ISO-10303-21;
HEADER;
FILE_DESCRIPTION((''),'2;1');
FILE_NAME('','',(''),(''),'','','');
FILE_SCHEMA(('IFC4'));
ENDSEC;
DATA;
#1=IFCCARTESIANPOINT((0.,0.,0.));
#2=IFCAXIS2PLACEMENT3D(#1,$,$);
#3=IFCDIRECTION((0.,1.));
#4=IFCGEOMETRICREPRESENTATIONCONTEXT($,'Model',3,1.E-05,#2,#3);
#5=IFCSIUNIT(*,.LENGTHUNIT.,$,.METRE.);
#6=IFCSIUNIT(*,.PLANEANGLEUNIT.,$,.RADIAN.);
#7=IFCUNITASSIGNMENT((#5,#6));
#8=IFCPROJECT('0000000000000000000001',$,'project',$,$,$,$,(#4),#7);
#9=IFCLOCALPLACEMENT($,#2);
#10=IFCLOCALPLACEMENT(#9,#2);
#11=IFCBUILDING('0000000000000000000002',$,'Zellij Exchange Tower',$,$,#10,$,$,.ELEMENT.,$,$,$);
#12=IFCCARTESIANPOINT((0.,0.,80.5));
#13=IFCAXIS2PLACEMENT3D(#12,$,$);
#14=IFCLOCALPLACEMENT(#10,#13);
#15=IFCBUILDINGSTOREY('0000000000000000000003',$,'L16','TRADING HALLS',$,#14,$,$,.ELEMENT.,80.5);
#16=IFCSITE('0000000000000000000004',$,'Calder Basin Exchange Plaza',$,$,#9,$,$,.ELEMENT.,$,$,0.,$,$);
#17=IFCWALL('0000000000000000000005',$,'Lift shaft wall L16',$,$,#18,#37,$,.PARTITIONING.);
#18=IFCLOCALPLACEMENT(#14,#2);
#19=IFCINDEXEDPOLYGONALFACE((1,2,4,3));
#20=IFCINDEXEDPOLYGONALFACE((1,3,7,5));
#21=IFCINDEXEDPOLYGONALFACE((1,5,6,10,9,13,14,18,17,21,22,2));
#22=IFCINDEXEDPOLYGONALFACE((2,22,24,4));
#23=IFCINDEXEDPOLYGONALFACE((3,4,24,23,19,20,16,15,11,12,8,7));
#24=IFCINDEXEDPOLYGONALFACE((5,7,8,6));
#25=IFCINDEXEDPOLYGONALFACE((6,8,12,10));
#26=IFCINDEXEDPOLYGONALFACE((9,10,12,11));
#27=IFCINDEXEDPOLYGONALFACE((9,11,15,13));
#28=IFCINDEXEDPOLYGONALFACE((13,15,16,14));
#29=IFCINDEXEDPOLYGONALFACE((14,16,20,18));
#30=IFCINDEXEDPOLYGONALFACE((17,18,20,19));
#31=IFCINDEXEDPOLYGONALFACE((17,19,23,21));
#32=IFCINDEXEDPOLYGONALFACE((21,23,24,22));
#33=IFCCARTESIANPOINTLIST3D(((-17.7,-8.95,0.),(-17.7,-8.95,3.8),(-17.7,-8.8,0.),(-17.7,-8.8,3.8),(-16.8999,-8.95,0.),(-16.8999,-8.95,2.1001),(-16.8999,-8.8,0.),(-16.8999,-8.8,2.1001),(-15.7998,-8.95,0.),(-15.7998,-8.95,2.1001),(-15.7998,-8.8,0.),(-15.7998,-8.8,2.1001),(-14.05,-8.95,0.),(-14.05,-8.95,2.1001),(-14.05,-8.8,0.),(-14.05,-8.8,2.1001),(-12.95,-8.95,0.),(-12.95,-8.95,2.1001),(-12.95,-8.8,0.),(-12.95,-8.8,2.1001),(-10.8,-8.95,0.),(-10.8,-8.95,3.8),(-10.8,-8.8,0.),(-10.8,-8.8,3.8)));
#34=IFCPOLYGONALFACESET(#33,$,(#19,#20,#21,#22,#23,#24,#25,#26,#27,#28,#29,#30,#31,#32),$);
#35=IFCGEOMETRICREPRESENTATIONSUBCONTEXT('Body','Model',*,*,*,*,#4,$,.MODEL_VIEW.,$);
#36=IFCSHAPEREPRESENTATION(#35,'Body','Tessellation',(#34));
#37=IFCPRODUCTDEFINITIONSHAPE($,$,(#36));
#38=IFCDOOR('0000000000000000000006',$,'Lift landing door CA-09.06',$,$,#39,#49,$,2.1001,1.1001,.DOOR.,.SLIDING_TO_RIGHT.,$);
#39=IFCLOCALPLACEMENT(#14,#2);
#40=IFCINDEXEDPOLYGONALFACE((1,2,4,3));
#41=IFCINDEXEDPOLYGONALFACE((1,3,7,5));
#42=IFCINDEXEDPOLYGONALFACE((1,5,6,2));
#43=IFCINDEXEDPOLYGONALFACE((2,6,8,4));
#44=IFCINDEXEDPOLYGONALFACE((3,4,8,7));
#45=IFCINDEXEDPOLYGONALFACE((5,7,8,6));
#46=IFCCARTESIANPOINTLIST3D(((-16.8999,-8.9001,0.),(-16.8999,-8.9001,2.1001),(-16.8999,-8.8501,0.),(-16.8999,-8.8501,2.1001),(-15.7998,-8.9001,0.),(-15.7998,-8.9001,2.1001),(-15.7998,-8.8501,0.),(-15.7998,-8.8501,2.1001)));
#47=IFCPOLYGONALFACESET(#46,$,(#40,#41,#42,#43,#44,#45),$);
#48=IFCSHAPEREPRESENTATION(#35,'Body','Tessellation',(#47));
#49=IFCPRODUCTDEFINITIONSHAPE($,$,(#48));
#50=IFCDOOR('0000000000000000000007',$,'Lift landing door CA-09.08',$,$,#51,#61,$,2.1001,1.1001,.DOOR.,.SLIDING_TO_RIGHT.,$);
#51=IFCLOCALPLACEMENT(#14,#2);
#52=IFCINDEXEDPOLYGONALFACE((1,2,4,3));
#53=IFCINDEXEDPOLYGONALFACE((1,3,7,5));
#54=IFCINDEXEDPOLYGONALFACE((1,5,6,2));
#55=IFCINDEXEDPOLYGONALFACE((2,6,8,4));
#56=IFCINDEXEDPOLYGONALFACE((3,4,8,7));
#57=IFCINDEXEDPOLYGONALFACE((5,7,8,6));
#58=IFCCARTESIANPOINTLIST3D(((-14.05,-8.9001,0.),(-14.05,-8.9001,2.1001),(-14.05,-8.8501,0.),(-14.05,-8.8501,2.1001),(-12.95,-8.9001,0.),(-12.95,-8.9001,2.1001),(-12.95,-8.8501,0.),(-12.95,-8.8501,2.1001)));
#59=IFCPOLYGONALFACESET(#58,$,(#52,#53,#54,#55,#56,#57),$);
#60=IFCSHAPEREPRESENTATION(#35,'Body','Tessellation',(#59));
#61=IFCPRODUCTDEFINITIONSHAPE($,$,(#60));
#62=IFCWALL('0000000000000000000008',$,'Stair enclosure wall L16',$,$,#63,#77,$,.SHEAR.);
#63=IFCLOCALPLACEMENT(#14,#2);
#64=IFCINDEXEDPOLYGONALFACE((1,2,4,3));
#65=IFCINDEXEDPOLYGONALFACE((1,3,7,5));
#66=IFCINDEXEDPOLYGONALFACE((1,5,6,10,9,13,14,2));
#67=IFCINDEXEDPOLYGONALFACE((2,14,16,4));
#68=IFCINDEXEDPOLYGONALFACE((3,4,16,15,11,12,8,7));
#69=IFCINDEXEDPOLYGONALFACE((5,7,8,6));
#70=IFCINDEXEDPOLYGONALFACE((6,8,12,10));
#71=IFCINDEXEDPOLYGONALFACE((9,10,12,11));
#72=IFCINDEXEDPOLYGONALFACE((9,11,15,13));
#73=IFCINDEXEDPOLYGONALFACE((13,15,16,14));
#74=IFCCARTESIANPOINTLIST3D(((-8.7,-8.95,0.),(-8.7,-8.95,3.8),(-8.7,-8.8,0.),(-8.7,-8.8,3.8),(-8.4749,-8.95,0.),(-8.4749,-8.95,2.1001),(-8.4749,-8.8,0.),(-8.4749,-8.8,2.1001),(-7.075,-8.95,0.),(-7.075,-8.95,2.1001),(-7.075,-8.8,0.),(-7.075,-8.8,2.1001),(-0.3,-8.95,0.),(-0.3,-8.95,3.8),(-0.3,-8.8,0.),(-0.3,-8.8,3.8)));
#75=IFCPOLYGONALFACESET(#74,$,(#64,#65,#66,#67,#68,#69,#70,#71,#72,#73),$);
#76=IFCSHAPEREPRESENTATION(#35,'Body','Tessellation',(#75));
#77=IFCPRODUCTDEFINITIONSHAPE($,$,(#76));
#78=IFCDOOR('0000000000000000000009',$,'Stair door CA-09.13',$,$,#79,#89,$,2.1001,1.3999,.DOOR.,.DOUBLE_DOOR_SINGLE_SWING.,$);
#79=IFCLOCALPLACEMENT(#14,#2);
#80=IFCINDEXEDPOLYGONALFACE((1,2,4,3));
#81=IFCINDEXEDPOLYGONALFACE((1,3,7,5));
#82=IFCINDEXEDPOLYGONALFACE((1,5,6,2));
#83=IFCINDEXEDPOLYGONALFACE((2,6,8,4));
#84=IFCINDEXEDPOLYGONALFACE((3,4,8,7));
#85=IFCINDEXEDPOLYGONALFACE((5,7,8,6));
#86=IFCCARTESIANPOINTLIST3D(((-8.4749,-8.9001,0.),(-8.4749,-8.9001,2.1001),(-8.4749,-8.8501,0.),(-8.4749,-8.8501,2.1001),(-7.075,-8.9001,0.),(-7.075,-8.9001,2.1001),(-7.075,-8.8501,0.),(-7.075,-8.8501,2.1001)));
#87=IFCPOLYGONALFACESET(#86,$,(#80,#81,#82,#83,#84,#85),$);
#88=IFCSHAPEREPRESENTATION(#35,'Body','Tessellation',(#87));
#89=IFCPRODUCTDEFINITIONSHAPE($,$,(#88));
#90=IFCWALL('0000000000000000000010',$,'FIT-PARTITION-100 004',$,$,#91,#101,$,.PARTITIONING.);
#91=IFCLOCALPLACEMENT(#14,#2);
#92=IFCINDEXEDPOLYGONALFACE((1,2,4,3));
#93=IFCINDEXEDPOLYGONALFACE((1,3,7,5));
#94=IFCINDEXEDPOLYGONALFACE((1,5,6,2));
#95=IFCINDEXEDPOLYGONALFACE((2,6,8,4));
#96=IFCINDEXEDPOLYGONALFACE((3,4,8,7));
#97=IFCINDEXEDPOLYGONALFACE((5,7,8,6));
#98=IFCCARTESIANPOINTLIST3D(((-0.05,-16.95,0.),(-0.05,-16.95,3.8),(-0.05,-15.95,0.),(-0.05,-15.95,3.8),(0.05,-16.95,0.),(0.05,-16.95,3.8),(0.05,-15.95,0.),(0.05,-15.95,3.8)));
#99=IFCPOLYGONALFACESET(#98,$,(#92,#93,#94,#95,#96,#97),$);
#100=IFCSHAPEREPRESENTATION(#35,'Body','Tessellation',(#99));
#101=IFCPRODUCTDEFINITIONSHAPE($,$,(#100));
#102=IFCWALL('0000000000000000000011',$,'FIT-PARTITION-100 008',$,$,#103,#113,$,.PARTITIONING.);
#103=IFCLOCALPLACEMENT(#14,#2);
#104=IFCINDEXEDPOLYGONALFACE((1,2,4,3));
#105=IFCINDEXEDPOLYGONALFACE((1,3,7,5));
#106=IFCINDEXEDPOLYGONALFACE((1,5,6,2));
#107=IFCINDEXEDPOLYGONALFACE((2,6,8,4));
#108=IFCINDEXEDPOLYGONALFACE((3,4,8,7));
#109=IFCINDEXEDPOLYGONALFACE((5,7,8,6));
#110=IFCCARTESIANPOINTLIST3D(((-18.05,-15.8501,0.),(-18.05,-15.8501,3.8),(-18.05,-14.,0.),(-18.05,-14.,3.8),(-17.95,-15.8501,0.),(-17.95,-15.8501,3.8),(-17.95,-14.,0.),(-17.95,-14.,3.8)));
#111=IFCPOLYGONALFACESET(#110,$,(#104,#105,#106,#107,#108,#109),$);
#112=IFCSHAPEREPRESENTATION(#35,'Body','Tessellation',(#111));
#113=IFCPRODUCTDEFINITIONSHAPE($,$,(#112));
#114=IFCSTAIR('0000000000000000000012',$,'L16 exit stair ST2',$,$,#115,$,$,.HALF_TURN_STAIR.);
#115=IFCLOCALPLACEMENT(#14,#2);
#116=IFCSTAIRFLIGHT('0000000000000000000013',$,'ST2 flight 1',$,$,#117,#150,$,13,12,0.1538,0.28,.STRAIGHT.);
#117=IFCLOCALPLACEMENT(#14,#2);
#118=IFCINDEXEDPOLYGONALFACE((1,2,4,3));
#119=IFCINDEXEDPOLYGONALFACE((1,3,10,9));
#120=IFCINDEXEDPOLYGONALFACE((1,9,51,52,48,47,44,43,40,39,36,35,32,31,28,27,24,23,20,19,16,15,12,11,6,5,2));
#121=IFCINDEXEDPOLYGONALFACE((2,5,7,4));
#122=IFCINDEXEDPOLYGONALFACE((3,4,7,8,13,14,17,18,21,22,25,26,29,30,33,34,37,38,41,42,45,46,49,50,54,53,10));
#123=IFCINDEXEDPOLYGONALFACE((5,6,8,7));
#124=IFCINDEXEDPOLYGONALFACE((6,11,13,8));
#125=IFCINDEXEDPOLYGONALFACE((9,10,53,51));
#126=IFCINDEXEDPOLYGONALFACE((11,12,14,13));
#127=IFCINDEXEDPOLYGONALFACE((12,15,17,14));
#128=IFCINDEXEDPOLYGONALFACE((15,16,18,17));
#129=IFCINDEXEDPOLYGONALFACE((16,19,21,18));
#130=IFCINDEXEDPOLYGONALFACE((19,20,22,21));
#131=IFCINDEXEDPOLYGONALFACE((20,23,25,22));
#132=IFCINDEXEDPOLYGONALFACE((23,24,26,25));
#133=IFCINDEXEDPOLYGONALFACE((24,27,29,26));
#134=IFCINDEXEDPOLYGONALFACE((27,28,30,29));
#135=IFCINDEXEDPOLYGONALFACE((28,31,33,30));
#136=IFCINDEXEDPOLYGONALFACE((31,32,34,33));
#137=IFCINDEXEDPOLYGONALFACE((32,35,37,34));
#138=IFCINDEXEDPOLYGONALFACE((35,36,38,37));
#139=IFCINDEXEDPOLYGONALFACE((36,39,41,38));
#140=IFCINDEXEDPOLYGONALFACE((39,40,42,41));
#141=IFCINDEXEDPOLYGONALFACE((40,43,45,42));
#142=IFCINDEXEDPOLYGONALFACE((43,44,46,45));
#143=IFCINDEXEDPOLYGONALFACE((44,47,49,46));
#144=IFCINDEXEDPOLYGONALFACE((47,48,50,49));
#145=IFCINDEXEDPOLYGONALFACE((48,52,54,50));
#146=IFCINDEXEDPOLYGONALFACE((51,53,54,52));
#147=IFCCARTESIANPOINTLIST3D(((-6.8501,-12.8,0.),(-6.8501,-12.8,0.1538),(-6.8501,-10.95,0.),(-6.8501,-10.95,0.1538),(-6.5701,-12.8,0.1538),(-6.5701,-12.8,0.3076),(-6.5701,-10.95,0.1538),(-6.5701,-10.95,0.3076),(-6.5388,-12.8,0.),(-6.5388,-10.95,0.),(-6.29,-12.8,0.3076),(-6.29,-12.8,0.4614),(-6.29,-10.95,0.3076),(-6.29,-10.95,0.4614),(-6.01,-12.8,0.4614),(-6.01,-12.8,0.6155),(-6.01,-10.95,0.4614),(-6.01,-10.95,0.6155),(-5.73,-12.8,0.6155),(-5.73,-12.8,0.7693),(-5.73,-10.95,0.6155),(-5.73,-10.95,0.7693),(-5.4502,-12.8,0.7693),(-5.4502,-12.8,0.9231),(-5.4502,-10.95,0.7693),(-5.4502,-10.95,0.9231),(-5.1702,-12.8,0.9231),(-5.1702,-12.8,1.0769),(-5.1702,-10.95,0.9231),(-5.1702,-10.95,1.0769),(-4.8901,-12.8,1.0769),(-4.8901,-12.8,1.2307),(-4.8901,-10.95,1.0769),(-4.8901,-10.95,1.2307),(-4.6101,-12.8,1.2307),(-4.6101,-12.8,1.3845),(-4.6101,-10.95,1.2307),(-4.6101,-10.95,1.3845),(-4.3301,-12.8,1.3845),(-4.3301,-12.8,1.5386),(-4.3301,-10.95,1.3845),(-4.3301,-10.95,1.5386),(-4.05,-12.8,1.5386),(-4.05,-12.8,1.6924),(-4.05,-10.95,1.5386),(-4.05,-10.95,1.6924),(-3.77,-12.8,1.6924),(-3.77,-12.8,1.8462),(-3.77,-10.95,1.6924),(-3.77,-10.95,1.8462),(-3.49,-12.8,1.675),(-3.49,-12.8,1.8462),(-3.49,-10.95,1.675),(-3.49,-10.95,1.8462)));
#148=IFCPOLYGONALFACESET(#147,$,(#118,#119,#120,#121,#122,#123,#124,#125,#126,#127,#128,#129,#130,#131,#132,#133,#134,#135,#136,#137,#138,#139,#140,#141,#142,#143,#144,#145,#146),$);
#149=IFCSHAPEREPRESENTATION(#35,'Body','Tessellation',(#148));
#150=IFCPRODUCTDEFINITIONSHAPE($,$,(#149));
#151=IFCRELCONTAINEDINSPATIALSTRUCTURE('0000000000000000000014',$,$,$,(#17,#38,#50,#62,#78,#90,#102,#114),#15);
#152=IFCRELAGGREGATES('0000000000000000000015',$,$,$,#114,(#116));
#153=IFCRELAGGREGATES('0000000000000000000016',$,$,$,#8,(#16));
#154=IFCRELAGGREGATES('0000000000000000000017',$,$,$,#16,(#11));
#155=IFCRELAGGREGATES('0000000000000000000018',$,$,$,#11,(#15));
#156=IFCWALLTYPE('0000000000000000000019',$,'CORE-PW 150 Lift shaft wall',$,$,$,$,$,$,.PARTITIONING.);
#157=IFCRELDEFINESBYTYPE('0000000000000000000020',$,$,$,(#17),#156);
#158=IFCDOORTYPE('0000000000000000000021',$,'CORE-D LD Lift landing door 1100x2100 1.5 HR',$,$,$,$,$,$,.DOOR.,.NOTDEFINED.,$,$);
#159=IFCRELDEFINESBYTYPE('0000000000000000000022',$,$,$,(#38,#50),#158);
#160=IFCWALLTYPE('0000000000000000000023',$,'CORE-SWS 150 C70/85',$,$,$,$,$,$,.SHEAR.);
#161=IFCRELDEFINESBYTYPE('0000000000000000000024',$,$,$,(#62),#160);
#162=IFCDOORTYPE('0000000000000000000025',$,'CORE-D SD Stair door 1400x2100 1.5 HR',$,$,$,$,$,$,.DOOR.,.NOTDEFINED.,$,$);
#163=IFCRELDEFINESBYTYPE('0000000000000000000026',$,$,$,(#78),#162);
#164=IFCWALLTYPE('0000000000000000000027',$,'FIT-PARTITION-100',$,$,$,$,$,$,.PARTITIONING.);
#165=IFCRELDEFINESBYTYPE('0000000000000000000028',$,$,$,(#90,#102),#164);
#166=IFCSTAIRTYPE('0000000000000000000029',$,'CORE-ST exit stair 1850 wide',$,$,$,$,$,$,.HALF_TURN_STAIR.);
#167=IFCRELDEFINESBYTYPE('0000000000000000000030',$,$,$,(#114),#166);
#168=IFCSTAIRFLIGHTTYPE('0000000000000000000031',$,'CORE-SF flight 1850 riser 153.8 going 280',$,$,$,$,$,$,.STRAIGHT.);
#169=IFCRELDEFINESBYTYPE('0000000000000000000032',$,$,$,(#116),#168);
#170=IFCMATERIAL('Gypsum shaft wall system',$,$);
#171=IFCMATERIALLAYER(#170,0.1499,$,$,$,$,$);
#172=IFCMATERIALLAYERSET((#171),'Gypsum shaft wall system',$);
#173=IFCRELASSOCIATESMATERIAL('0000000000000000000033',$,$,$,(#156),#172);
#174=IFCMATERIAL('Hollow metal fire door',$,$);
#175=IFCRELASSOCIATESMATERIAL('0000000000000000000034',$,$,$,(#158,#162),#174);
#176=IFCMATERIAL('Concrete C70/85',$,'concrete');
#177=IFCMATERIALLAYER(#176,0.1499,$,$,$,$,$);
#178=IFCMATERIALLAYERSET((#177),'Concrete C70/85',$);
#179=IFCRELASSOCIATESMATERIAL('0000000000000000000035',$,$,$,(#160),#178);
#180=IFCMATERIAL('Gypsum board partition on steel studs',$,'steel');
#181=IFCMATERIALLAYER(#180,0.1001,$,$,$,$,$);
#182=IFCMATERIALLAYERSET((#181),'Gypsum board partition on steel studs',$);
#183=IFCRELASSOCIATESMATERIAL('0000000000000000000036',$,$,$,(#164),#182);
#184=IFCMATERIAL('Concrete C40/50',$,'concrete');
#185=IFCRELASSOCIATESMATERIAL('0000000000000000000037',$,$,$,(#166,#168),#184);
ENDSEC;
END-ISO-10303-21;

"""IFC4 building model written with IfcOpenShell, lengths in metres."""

from ifc_helpers import new_model, si_unit, direction, frame, frame_2d, origin, place, context, subcontext, project, spatial, polyline, rectangle, outline, extrude, material, layer, layer_set, type_object, element, fill, aggregate, save


model = new_model("IFC4")

# Units and contexts
model_context = context("Model", 3, precision=1e-05, world=origin(), true_north=direction((0.0, 1.0)))
body_context = subcontext(model_context, "Body", "Model", "MODEL_VIEW")
ifc_project = project(units=[si_unit("LENGTHUNIT", "METRE"), si_unit("PLANEANGLEUNIT", "RADIAN")], contexts=[model_context])

# Site, building, storey
site_placement = place(None, origin())
site = spatial("IfcSite", under=ifc_project, at=site_placement, Name="Calder Basin Exchange Plaza", CompositionType="ELEMENT", RefElevation=0.0)
building_placement = place(site_placement, origin())
building = spatial("IfcBuilding", under=site, at=building_placement, Name="Zellij Exchange Tower", CompositionType="ELEMENT")
storey_placement = place(building_placement, frame((0.0, 0.0, 80.5)))
storey = spatial("IfcBuildingStorey", under=building, at=storey_placement, Name="L16", Description="TRADING HALLS", CompositionType="ELEMENT", Elevation=80.5)

# Shared definitions
ifc_material_1 = material(Name="Concrete C70/85", Category="concrete")

# Shared definitions
ifc_material_2 = material(Name="Gypsum shaft wall system")
ifc_material_3 = material(Name="Hollow metal fire door")

# Shared definitions
ifc_layer_1 = layer(ifc_material_2, 0.1499)
ifc_layer_set_1 = layer_set([ifc_layer_1], Name="Gypsum shaft wall system")
wall_type_1 = type_object("IfcWallType", Name="CORE-PW 150 Lift shaft wall", PredefinedType="PARTITIONING", material=ifc_layer_set_1)

# Wall, openings, doors
wall_1_placement = place(storey_placement, frame((-17.7, -8.875, 0.0), z_axis=(0.0, 0.0, 1.0), x_axis=(1.0, 0.0, 0.0)))
wall_1 = element("IfcWall", 1, at=wall_1_placement, inside=storey, type_object=wall_type_1, Name="Lift shaft wall L16", PredefinedType="PARTITIONING", context=body_context, shape_type="SweptSolid", body=[
    extrude(rectangle(XDim=6.8999, YDim=0.1499, at=frame_2d((3.45, 0.0))), origin(), (0.0, 0.0, 1.0), 3.8),
])
opening_1_placement = place(wall_1_placement, frame((0.8, 0.0, 0.0)))
opening_1 = element("IfcOpeningElement", 2, at=opening_1_placement, cuts=wall_1, PredefinedType="OPENING", context=body_context, shape_type="SweptSolid", body=[
    extrude(rectangle(XDim=1.1001, YDim=2.1001, at=frame_2d((0.55, 1.05))), frame((0.0, 0.0869, 0.0), z_axis=(0.0, -1.0, 0.0), x_axis=(1.0, 0.0, 0.0)), (0.0, 0.0, 1.0), 0.1738),
])
opening_2_placement = place(wall_1_placement, frame((3.6499, 0.0, 0.0)))
opening_2 = element("IfcOpeningElement", 3, at=opening_2_placement, cuts=wall_1, PredefinedType="OPENING", context=body_context, shape_type="SweptSolid", body=[
    extrude(rectangle(XDim=1.1001, YDim=2.1001, at=frame_2d((0.55, 1.05))), frame((0.0, 0.0869, 0.0), z_axis=(0.0, -1.0, 0.0), x_axis=(1.0, 0.0, 0.0)), (0.0, 0.0, 1.0), 0.1738),
])
door_type_1 = type_object("IfcDoorType", Name="CORE-D LD Lift landing door 1100x2100 1.5 HR", OperationType="NOTDEFINED", PredefinedType="DOOR", material=ifc_material_3)
door_1_placement = place(opening_1_placement, origin())
door_1 = element("IfcDoor", 4, at=door_1_placement, inside=storey, type_object=door_type_1, Name="Lift landing door CA-09.06", OperationType="SLIDING_TO_RIGHT", OverallHeight=2.1001, OverallWidth=1.1001, PredefinedType="DOOR", context=body_context, shape_type="SweptSolid", body=[
    extrude(rectangle(XDim=1.1001, YDim=2.1001, at=frame_2d((0.55, 1.05))), frame((0.0, 0.0249, 0.0), z_axis=(0.0, -1.0, 0.0), x_axis=(1.0, 0.0, 0.0)), (0.0, 0.0, 1.0), 0.05),
])
fill(opening_1, door_1)
door_2_placement = place(opening_2_placement, origin())
door_2 = element("IfcDoor", 5, at=door_2_placement, inside=storey, type_object=door_type_1, Name="Lift landing door CA-09.08", OperationType="SLIDING_TO_RIGHT", OverallHeight=2.1001, OverallWidth=1.1001, PredefinedType="DOOR", context=body_context, shape_type="SweptSolid", body=[
    extrude(rectangle(XDim=1.1001, YDim=2.1001, at=frame_2d((0.55, 1.05))), frame((0.0, 0.0249, 0.0), z_axis=(0.0, -1.0, 0.0), x_axis=(1.0, 0.0, 0.0)), (0.0, 0.0, 1.0), 0.05),
])
fill(opening_2, door_2)

# Wall, opening, door
ifc_layer_2 = layer(ifc_material_1, 0.1499)
ifc_layer_set_2 = layer_set([ifc_layer_2], Name="Concrete C70/85")
wall_type_2 = type_object("IfcWallType", Name="CORE-SWS 150 C70/85", PredefinedType="SHEAR", material=ifc_layer_set_2)
wall_2_placement = place(storey_placement, frame((-8.7, -8.875, 0.0), z_axis=(0.0, 0.0, 1.0), x_axis=(1.0, 0.0, 0.0)))
wall_2 = element("IfcWall", 6, at=wall_2_placement, inside=storey, type_object=wall_type_2, Name="Stair enclosure wall L16", PredefinedType="SHEAR", context=body_context, shape_type="SweptSolid", body=[
    extrude(rectangle(XDim=8.3999, YDim=0.1499, at=frame_2d((4.2, 0.0))), origin(), (0.0, 0.0, 1.0), 3.8),
])
opening_3_placement = place(wall_2_placement, frame((0.2251, 0.0, 0.0)))
opening_3 = element("IfcOpeningElement", 7, at=opening_3_placement, cuts=wall_2, PredefinedType="OPENING", context=body_context, shape_type="SweptSolid", body=[
    extrude(rectangle(XDim=1.3999, YDim=2.1001, at=frame_2d((0.7, 1.05))), frame((0.0, 0.0869, 0.0), z_axis=(0.0, -1.0, 0.0), x_axis=(1.0, 0.0, 0.0)), (0.0, 0.0, 1.0), 0.1738),
])
door_type_2 = type_object("IfcDoorType", Name="CORE-D SD Stair door 1400x2100 1.5 HR", OperationType="NOTDEFINED", PredefinedType="DOOR", material=ifc_material_3)
door_3_placement = place(opening_3_placement, origin())
door_3 = element("IfcDoor", 8, at=door_3_placement, inside=storey, type_object=door_type_2, Name="Stair door CA-09.13", OperationType="DOUBLE_DOOR_SINGLE_SWING", OverallHeight=2.1001, OverallWidth=1.3999, PredefinedType="DOOR", context=body_context, shape_type="SweptSolid", body=[
    extrude(rectangle(XDim=1.3999, YDim=2.1001, at=frame_2d((0.7, 1.05))), frame((0.0, 0.0249, 0.0), z_axis=(0.0, -1.0, 0.0), x_axis=(1.0, 0.0, 0.0)), (0.0, 0.0, 1.0), 0.05),
])
fill(opening_3, door_3)

# Walls
ifc_material_4 = material(Name="Gypsum board partition on steel studs", Category="steel")
ifc_layer_3 = layer(ifc_material_4, 0.1001)
ifc_layer_set_3 = layer_set([ifc_layer_3], Name="Gypsum board partition on steel studs")
wall_type_3 = type_object("IfcWallType", Name="FIT-PARTITION-100", PredefinedType="PARTITIONING", material=ifc_layer_set_3)
wall_3_placement = place(storey_placement, frame((0.0, -16.95, 0.0), z_axis=(0.0, 0.0, 1.0), x_axis=(0.0, 1.0, 0.0)))
element("IfcWall", 9, at=wall_3_placement, inside=storey, type_object=wall_type_3, Name="FIT-PARTITION-100 004", PredefinedType="PARTITIONING", context=body_context, shape_type="SweptSolid", body=[
    extrude(rectangle(XDim=1.0, YDim=0.1001, at=frame_2d((0.5, 0.0))), origin(), (0.0, 0.0, 1.0), 3.8),
])
wall_4_placement = place(storey_placement, frame((-18.0, -15.8501, 0.0), z_axis=(0.0, 0.0, 1.0), x_axis=(0.0, 1.0, 0.0)))
element("IfcWall", 10, at=wall_4_placement, inside=storey, type_object=wall_type_3, Name="FIT-PARTITION-100 008", PredefinedType="PARTITIONING", context=body_context, shape_type="SweptSolid", body=[
    extrude(rectangle(XDim=1.8501, YDim=0.1001, at=frame_2d((0.925, 0.0))), origin(), (0.0, 0.0, 1.0), 3.8),
])

# Stair, stair flight
ifc_material_5 = material(Name="Concrete C40/50", Category="concrete")
stair_type = type_object("IfcStairType", Name="CORE-ST exit stair 1850 wide", PredefinedType="HALF_TURN_STAIR", material=ifc_material_5)
stair_placement = place(storey_placement, origin())
stair = element("IfcStair", 11, at=stair_placement, inside=storey, type_object=stair_type, Name="L16 exit stair ST2", PredefinedType="HALF_TURN_STAIR")
stair_flight_type = type_object("IfcStairFlightType", Name="CORE-SF flight 1850 riser 153.8 going 280", PredefinedType="STRAIGHT", material=ifc_material_5)
stair_flight_1_placement = place(storey_placement, frame((-6.8501, -11.875, 0.0), z_axis=(0.0, 0.0, 1.0), x_axis=(1.0, 0.0, 0.0)))
stair_flight_1 = element("IfcStairFlight", 12, at=stair_flight_1_placement, type_object=stair_flight_type, Name="ST2 flight 1", NumberOfRisers=13, NumberOfTreads=12, PredefinedType="STRAIGHT", RiserHeight=0.1538, TreadLength=0.28, context=body_context, shape_type="SweptSolid", body=[
    extrude(outline(polyline([(0.0, 0.0), (0.0, 0.1538), (0.28, 0.1538), (0.28, 0.3076), (0.5601, 0.3076), (0.5601, 0.4614), (0.8401, 0.4614), (0.8401, 0.6155), (1.1201, 0.6155), (1.1201, 0.7693), (1.3999, 0.7693), (1.3999, 0.9231), (1.6799, 0.9231), (1.6799, 1.0769), (1.96, 1.0769), (1.96, 1.2307), (2.24, 1.2307), (2.24, 1.3845), (2.52, 1.3845), (2.52, 1.5386), (2.8, 1.5386), (2.8, 1.6924), (3.0801, 1.6924), (3.0801, 1.8462), (3.3601, 1.8462), (3.3601, 2.0), (3.3601, 1.675), (0.3113, 0.0), (0.0, 0.0)])), frame((0.0, 0.925, 0.0), z_axis=(0.0, -1.0, 0.0), x_axis=(1.0, 0.0, 0.0)), (0.0, 0.0, 1.0), 1.8501),
])
aggregate(stair, [stair_flight_1])

save(model, "model.ifc")
